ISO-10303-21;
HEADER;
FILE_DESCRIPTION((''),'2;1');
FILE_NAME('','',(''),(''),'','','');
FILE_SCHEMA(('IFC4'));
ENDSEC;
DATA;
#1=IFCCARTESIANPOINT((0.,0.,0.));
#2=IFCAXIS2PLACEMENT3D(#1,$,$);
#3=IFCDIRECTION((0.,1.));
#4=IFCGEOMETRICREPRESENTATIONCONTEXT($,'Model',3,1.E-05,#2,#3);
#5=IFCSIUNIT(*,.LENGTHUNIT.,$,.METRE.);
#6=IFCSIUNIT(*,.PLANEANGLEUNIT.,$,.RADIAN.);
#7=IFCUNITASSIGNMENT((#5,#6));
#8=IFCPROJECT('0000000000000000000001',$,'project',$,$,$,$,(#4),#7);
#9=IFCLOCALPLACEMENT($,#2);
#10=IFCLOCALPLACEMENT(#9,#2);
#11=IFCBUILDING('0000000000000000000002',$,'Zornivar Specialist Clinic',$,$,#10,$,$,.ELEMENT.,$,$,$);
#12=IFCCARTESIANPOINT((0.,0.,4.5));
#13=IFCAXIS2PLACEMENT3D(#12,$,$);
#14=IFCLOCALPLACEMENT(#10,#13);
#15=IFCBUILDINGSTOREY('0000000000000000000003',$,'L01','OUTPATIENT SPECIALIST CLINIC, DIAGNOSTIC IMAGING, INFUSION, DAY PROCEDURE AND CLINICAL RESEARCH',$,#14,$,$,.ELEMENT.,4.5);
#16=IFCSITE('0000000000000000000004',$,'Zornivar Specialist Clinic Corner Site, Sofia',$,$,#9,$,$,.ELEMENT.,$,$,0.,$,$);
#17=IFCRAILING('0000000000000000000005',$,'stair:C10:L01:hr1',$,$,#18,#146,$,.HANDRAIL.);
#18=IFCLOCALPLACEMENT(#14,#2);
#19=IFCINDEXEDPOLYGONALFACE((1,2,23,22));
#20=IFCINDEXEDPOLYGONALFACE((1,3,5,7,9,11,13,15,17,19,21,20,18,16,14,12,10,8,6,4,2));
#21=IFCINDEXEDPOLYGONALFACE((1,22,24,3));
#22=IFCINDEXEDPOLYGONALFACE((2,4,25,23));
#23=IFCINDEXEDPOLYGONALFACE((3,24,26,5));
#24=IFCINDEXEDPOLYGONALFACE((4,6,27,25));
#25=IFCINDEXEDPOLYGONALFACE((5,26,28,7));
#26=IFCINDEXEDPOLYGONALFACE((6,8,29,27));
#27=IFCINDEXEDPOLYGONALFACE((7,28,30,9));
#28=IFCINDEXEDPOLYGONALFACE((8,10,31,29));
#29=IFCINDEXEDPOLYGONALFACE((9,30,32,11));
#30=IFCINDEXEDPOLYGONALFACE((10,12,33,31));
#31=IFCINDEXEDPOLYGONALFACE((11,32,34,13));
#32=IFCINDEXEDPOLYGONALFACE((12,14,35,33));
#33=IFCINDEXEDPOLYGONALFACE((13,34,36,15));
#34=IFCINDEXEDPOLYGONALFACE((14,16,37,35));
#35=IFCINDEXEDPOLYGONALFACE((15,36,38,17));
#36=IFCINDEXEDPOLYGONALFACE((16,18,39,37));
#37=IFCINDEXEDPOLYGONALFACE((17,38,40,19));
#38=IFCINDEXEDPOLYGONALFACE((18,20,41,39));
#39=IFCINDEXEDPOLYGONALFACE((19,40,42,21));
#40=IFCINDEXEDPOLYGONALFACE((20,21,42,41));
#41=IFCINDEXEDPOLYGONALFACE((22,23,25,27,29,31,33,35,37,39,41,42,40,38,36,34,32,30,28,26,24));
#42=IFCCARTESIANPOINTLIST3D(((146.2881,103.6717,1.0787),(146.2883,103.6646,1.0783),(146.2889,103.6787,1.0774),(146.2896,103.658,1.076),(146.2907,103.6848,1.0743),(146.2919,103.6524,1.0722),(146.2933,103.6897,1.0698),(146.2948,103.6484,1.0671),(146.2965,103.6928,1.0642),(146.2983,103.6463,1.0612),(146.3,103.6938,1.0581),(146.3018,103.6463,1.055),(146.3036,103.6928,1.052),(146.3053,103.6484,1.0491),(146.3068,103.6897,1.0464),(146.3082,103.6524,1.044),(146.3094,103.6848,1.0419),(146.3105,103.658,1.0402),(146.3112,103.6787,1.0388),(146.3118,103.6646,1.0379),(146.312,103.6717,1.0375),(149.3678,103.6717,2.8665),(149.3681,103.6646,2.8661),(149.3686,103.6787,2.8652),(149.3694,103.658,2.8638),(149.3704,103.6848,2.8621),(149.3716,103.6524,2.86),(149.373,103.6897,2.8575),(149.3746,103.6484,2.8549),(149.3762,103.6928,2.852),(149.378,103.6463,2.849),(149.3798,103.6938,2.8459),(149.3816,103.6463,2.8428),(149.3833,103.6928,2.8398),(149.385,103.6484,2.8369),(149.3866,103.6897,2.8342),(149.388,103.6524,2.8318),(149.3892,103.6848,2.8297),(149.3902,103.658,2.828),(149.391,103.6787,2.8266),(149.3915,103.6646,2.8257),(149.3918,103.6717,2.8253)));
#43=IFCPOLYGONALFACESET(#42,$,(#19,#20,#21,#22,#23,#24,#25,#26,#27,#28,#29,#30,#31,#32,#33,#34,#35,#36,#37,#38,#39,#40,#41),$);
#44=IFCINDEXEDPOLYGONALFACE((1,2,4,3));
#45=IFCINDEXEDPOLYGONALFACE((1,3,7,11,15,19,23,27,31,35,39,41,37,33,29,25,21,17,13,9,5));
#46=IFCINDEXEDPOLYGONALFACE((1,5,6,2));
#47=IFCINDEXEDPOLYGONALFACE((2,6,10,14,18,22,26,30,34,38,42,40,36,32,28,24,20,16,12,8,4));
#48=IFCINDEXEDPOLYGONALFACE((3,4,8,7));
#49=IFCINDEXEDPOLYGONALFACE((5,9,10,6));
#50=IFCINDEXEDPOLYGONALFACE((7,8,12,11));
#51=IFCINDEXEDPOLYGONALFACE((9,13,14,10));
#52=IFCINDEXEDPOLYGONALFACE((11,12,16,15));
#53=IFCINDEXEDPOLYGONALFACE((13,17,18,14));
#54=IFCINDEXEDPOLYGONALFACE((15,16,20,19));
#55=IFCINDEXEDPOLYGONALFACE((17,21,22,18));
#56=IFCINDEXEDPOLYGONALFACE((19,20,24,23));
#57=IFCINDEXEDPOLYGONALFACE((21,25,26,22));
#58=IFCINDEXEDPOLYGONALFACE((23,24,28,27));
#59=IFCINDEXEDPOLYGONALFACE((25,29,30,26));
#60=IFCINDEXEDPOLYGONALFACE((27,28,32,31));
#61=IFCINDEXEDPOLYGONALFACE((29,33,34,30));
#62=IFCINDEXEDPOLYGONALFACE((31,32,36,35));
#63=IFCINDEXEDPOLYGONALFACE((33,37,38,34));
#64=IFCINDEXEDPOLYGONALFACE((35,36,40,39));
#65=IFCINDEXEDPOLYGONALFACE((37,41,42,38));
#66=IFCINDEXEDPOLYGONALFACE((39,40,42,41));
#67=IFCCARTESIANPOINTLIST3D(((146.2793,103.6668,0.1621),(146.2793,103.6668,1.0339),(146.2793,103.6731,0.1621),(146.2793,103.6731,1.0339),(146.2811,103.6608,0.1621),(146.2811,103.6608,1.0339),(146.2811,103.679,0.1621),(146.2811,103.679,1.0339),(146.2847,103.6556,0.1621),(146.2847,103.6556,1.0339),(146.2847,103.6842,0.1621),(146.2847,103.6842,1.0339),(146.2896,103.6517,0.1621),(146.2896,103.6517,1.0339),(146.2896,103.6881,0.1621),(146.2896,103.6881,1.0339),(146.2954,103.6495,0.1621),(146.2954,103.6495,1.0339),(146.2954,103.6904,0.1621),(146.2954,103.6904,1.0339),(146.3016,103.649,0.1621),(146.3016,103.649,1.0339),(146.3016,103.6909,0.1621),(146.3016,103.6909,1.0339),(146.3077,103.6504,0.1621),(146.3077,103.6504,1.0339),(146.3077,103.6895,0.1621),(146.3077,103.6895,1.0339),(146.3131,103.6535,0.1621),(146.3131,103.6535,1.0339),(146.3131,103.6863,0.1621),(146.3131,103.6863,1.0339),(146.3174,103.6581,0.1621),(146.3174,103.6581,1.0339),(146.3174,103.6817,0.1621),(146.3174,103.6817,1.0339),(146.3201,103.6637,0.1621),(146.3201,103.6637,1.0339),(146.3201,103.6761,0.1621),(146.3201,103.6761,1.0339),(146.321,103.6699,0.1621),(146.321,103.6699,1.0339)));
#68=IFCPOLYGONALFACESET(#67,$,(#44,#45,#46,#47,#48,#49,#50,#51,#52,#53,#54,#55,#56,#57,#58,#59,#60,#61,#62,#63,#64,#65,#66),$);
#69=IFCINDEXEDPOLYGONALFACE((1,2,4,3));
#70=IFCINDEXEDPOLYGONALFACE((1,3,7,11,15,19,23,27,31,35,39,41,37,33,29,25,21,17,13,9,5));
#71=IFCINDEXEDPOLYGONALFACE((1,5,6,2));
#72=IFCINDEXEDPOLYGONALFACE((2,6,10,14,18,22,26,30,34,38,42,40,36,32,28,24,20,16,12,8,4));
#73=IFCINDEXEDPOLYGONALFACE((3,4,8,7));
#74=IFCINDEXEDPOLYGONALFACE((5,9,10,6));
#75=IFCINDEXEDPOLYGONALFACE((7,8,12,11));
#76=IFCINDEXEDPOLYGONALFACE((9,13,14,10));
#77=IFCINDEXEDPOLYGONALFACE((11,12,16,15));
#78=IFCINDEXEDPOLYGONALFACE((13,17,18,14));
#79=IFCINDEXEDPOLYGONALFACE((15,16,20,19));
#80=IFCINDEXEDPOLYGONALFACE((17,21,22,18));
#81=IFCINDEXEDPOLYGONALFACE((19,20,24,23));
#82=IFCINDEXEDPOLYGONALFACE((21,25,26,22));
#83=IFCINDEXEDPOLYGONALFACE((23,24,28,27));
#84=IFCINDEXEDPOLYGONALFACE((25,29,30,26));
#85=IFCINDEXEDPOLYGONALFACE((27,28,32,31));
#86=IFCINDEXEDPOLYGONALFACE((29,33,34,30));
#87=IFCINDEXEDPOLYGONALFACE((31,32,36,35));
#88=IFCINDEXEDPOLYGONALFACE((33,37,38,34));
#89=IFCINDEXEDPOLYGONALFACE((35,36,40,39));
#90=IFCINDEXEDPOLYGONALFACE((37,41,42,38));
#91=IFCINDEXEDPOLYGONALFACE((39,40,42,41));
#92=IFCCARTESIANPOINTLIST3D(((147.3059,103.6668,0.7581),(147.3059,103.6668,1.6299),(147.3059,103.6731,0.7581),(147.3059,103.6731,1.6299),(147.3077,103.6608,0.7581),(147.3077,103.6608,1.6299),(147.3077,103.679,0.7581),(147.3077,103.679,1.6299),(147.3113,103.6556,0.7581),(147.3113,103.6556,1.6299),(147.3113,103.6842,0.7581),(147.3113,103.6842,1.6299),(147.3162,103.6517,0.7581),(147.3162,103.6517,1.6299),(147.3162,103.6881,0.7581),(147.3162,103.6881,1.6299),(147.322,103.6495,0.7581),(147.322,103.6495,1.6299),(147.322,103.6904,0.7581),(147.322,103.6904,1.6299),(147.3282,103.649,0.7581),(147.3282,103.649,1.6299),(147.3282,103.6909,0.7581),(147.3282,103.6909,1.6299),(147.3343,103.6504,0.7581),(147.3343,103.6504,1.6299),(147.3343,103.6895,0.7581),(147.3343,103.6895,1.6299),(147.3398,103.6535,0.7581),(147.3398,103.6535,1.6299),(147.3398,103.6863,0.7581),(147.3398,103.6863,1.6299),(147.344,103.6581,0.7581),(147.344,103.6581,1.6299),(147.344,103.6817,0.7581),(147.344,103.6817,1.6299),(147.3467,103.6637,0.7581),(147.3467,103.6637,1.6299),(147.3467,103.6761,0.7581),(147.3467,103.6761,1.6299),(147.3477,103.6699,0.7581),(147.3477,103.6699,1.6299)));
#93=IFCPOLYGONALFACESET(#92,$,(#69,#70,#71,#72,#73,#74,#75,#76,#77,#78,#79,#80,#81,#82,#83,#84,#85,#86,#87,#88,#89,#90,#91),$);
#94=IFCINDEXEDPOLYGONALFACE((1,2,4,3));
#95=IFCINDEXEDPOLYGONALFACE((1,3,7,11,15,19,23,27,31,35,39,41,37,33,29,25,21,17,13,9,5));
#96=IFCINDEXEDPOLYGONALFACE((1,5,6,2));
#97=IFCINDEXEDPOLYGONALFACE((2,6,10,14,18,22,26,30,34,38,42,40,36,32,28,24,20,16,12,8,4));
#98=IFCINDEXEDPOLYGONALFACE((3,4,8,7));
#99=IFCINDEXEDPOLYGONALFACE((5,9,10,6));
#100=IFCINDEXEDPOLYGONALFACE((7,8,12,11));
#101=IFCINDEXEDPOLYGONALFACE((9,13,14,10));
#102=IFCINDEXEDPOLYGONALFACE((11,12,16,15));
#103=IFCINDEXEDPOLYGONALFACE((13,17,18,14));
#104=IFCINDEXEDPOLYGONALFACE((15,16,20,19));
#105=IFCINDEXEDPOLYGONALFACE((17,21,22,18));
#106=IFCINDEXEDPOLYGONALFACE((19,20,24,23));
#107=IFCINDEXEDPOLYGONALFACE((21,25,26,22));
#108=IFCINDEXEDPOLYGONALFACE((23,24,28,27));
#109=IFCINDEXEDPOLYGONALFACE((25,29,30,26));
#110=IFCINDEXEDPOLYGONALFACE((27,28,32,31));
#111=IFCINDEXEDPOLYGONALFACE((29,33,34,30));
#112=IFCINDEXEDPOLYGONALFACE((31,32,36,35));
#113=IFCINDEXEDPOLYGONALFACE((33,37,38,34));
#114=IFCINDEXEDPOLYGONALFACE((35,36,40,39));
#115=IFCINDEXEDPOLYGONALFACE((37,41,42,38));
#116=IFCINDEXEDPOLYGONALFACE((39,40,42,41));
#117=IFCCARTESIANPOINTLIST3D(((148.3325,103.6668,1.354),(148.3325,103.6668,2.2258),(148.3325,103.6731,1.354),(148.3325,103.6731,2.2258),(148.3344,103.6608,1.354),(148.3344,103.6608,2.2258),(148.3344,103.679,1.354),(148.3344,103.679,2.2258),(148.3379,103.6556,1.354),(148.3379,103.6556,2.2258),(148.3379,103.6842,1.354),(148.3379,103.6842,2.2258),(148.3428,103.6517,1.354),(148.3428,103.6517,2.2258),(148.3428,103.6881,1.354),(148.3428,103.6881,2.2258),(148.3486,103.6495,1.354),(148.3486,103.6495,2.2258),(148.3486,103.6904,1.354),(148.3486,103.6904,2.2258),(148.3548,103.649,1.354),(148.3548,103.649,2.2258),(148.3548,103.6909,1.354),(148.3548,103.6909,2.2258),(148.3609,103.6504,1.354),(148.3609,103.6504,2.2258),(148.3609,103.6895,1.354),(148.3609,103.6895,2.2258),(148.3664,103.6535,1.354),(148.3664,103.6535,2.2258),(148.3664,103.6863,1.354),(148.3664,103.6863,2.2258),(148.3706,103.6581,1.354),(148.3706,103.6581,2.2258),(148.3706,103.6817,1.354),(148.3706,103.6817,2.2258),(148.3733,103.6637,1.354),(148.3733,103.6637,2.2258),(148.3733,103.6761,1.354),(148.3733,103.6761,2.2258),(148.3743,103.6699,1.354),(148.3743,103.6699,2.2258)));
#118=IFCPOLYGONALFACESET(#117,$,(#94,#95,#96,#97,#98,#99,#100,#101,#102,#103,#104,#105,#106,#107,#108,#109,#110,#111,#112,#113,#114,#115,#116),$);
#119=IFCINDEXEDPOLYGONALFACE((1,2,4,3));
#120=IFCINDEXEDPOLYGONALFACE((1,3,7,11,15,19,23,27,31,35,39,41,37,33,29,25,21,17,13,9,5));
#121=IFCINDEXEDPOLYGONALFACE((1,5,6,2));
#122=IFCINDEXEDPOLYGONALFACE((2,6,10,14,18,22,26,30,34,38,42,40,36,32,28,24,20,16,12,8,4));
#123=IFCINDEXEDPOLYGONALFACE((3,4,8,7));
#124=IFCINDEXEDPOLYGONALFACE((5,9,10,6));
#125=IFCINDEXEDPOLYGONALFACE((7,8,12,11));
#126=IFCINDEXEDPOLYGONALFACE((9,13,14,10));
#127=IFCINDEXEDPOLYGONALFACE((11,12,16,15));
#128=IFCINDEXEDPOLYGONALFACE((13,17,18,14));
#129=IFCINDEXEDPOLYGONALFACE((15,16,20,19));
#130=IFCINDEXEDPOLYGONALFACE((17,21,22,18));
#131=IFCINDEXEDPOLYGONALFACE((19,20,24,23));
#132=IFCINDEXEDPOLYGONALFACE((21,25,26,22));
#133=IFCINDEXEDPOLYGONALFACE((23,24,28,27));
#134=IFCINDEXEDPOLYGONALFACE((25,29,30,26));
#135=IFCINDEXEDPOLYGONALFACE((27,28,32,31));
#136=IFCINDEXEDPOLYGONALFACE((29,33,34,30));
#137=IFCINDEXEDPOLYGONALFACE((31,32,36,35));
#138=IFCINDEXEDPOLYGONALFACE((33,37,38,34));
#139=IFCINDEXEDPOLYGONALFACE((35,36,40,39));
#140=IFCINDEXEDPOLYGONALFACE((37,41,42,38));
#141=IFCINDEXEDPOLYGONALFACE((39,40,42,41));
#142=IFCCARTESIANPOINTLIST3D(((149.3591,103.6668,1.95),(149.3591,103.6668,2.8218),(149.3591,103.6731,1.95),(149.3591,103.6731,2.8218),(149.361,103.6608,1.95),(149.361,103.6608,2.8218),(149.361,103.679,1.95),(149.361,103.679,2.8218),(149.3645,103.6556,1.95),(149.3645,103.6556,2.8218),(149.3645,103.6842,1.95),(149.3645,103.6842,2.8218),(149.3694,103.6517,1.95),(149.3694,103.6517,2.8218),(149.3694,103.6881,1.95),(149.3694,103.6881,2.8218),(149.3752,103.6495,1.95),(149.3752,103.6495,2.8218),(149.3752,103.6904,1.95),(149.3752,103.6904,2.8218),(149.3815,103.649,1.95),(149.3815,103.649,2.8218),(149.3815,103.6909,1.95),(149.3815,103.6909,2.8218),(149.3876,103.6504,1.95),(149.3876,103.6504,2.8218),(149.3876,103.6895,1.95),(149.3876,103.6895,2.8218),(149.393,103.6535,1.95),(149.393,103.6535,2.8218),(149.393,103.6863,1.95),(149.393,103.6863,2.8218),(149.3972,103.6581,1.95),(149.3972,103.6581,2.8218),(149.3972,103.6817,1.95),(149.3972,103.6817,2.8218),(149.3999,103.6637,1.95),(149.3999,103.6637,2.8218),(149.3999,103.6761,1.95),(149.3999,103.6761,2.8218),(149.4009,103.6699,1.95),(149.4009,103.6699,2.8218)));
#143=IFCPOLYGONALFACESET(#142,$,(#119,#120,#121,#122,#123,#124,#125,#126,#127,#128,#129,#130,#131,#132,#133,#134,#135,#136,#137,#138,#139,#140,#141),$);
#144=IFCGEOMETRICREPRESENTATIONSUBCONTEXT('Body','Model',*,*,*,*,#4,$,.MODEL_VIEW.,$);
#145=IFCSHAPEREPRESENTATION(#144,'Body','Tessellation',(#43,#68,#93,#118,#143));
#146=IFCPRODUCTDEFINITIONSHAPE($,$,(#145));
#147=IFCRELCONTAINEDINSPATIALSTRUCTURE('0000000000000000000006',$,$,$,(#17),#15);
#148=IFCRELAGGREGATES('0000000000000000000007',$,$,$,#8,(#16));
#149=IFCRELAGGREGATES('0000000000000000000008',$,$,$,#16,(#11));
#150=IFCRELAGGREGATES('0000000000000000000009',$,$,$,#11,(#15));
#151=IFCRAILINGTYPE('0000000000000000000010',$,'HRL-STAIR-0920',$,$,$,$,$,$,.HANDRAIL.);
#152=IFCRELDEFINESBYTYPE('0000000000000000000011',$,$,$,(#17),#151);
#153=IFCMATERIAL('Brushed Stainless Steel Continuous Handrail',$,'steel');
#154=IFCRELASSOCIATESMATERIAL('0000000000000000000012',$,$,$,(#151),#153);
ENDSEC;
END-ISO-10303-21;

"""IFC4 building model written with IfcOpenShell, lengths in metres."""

from ifc_helpers import new_model, si_unit, direction, frame, origin, origin_2d, place, context, subcontext, project, spatial, circle, extrude, material, type_object, element, save


model = new_model("IFC4")

# Units and contexts
model_context = context("Model", 3, precision=1e-05, world=origin(), true_north=direction((0.0, 1.0)))
body_context = subcontext(model_context, "Body", "Model", "MODEL_VIEW")
ifc_project = project(units=[si_unit("LENGTHUNIT", "METRE"), si_unit("PLANEANGLEUNIT", "RADIAN")], contexts=[model_context])

# Site, building, storey
site_placement = place(None, origin())
site = spatial("IfcSite", under=ifc_project, at=site_placement, Name="Zornivar Specialist Clinic Corner Site, Sofia", CompositionType="ELEMENT", RefElevation=0.0)
building_placement = place(site_placement, origin())
building = spatial("IfcBuilding", under=site, at=building_placement, Name="Zornivar Specialist Clinic", CompositionType="ELEMENT")
storey_placement = place(building_placement, frame((0.0, 0.0, 4.5)))
storey = spatial("IfcBuildingStorey", under=building, at=storey_placement, Name="L01", Description="OUTPATIENT SPECIALIST CLINIC, DIAGNOSTIC IMAGING, INFUSION, DAY PROCEDURE AND CLINICAL RESEARCH", CompositionType="ELEMENT", Elevation=4.5)

# Railing
ifc_material_1 = material(Name="Brushed Stainless Steel Continuous Handrail", Category="steel")
railing_type_1 = type_object("IfcRailingType", Name="HRL-STAIR-0920", PredefinedType="HANDRAIL", material=ifc_material_1)
railing_1_placement = place(storey_placement, frame((146.3, 103.6699, 0.1621)))
element("IfcRailing", 1, at=railing_1_placement, inside=storey, type_object=railing_type_1, Name="stair:C10:L01:hr1", PredefinedType="HANDRAIL", context=body_context, shape_type="SweptSolid", body=[
    extrude(circle(Radius=0.0239, at=origin_2d()), frame((0.0, 0.0, 0.896), z_axis=(0.864844, 0.0, 0.502041), x_axis=(0.0, 1.0, 0.0)), (0.0, 0.0, 1.0), 3.561),
    extrude(circle(Radius=0.021, at=origin_2d()), origin(), (0.0, 0.0, 1.0), 0.8718),
    extrude(circle(Radius=0.021, at=origin_2d()), frame((1.0266, 0.0, 0.5959)), (0.0, 0.0, 1.0), 0.8718),
    extrude(circle(Radius=0.021, at=origin_2d()), frame((2.0532, 0.0, 1.1919)), (0.0, 0.0, 1.0), 0.8718),
    extrude(circle(Radius=0.021, at=origin_2d()), frame((3.0798, 0.0, 1.7878)), (0.0, 0.0, 1.0), 0.8718),
])

save(model, "model.ifc")
